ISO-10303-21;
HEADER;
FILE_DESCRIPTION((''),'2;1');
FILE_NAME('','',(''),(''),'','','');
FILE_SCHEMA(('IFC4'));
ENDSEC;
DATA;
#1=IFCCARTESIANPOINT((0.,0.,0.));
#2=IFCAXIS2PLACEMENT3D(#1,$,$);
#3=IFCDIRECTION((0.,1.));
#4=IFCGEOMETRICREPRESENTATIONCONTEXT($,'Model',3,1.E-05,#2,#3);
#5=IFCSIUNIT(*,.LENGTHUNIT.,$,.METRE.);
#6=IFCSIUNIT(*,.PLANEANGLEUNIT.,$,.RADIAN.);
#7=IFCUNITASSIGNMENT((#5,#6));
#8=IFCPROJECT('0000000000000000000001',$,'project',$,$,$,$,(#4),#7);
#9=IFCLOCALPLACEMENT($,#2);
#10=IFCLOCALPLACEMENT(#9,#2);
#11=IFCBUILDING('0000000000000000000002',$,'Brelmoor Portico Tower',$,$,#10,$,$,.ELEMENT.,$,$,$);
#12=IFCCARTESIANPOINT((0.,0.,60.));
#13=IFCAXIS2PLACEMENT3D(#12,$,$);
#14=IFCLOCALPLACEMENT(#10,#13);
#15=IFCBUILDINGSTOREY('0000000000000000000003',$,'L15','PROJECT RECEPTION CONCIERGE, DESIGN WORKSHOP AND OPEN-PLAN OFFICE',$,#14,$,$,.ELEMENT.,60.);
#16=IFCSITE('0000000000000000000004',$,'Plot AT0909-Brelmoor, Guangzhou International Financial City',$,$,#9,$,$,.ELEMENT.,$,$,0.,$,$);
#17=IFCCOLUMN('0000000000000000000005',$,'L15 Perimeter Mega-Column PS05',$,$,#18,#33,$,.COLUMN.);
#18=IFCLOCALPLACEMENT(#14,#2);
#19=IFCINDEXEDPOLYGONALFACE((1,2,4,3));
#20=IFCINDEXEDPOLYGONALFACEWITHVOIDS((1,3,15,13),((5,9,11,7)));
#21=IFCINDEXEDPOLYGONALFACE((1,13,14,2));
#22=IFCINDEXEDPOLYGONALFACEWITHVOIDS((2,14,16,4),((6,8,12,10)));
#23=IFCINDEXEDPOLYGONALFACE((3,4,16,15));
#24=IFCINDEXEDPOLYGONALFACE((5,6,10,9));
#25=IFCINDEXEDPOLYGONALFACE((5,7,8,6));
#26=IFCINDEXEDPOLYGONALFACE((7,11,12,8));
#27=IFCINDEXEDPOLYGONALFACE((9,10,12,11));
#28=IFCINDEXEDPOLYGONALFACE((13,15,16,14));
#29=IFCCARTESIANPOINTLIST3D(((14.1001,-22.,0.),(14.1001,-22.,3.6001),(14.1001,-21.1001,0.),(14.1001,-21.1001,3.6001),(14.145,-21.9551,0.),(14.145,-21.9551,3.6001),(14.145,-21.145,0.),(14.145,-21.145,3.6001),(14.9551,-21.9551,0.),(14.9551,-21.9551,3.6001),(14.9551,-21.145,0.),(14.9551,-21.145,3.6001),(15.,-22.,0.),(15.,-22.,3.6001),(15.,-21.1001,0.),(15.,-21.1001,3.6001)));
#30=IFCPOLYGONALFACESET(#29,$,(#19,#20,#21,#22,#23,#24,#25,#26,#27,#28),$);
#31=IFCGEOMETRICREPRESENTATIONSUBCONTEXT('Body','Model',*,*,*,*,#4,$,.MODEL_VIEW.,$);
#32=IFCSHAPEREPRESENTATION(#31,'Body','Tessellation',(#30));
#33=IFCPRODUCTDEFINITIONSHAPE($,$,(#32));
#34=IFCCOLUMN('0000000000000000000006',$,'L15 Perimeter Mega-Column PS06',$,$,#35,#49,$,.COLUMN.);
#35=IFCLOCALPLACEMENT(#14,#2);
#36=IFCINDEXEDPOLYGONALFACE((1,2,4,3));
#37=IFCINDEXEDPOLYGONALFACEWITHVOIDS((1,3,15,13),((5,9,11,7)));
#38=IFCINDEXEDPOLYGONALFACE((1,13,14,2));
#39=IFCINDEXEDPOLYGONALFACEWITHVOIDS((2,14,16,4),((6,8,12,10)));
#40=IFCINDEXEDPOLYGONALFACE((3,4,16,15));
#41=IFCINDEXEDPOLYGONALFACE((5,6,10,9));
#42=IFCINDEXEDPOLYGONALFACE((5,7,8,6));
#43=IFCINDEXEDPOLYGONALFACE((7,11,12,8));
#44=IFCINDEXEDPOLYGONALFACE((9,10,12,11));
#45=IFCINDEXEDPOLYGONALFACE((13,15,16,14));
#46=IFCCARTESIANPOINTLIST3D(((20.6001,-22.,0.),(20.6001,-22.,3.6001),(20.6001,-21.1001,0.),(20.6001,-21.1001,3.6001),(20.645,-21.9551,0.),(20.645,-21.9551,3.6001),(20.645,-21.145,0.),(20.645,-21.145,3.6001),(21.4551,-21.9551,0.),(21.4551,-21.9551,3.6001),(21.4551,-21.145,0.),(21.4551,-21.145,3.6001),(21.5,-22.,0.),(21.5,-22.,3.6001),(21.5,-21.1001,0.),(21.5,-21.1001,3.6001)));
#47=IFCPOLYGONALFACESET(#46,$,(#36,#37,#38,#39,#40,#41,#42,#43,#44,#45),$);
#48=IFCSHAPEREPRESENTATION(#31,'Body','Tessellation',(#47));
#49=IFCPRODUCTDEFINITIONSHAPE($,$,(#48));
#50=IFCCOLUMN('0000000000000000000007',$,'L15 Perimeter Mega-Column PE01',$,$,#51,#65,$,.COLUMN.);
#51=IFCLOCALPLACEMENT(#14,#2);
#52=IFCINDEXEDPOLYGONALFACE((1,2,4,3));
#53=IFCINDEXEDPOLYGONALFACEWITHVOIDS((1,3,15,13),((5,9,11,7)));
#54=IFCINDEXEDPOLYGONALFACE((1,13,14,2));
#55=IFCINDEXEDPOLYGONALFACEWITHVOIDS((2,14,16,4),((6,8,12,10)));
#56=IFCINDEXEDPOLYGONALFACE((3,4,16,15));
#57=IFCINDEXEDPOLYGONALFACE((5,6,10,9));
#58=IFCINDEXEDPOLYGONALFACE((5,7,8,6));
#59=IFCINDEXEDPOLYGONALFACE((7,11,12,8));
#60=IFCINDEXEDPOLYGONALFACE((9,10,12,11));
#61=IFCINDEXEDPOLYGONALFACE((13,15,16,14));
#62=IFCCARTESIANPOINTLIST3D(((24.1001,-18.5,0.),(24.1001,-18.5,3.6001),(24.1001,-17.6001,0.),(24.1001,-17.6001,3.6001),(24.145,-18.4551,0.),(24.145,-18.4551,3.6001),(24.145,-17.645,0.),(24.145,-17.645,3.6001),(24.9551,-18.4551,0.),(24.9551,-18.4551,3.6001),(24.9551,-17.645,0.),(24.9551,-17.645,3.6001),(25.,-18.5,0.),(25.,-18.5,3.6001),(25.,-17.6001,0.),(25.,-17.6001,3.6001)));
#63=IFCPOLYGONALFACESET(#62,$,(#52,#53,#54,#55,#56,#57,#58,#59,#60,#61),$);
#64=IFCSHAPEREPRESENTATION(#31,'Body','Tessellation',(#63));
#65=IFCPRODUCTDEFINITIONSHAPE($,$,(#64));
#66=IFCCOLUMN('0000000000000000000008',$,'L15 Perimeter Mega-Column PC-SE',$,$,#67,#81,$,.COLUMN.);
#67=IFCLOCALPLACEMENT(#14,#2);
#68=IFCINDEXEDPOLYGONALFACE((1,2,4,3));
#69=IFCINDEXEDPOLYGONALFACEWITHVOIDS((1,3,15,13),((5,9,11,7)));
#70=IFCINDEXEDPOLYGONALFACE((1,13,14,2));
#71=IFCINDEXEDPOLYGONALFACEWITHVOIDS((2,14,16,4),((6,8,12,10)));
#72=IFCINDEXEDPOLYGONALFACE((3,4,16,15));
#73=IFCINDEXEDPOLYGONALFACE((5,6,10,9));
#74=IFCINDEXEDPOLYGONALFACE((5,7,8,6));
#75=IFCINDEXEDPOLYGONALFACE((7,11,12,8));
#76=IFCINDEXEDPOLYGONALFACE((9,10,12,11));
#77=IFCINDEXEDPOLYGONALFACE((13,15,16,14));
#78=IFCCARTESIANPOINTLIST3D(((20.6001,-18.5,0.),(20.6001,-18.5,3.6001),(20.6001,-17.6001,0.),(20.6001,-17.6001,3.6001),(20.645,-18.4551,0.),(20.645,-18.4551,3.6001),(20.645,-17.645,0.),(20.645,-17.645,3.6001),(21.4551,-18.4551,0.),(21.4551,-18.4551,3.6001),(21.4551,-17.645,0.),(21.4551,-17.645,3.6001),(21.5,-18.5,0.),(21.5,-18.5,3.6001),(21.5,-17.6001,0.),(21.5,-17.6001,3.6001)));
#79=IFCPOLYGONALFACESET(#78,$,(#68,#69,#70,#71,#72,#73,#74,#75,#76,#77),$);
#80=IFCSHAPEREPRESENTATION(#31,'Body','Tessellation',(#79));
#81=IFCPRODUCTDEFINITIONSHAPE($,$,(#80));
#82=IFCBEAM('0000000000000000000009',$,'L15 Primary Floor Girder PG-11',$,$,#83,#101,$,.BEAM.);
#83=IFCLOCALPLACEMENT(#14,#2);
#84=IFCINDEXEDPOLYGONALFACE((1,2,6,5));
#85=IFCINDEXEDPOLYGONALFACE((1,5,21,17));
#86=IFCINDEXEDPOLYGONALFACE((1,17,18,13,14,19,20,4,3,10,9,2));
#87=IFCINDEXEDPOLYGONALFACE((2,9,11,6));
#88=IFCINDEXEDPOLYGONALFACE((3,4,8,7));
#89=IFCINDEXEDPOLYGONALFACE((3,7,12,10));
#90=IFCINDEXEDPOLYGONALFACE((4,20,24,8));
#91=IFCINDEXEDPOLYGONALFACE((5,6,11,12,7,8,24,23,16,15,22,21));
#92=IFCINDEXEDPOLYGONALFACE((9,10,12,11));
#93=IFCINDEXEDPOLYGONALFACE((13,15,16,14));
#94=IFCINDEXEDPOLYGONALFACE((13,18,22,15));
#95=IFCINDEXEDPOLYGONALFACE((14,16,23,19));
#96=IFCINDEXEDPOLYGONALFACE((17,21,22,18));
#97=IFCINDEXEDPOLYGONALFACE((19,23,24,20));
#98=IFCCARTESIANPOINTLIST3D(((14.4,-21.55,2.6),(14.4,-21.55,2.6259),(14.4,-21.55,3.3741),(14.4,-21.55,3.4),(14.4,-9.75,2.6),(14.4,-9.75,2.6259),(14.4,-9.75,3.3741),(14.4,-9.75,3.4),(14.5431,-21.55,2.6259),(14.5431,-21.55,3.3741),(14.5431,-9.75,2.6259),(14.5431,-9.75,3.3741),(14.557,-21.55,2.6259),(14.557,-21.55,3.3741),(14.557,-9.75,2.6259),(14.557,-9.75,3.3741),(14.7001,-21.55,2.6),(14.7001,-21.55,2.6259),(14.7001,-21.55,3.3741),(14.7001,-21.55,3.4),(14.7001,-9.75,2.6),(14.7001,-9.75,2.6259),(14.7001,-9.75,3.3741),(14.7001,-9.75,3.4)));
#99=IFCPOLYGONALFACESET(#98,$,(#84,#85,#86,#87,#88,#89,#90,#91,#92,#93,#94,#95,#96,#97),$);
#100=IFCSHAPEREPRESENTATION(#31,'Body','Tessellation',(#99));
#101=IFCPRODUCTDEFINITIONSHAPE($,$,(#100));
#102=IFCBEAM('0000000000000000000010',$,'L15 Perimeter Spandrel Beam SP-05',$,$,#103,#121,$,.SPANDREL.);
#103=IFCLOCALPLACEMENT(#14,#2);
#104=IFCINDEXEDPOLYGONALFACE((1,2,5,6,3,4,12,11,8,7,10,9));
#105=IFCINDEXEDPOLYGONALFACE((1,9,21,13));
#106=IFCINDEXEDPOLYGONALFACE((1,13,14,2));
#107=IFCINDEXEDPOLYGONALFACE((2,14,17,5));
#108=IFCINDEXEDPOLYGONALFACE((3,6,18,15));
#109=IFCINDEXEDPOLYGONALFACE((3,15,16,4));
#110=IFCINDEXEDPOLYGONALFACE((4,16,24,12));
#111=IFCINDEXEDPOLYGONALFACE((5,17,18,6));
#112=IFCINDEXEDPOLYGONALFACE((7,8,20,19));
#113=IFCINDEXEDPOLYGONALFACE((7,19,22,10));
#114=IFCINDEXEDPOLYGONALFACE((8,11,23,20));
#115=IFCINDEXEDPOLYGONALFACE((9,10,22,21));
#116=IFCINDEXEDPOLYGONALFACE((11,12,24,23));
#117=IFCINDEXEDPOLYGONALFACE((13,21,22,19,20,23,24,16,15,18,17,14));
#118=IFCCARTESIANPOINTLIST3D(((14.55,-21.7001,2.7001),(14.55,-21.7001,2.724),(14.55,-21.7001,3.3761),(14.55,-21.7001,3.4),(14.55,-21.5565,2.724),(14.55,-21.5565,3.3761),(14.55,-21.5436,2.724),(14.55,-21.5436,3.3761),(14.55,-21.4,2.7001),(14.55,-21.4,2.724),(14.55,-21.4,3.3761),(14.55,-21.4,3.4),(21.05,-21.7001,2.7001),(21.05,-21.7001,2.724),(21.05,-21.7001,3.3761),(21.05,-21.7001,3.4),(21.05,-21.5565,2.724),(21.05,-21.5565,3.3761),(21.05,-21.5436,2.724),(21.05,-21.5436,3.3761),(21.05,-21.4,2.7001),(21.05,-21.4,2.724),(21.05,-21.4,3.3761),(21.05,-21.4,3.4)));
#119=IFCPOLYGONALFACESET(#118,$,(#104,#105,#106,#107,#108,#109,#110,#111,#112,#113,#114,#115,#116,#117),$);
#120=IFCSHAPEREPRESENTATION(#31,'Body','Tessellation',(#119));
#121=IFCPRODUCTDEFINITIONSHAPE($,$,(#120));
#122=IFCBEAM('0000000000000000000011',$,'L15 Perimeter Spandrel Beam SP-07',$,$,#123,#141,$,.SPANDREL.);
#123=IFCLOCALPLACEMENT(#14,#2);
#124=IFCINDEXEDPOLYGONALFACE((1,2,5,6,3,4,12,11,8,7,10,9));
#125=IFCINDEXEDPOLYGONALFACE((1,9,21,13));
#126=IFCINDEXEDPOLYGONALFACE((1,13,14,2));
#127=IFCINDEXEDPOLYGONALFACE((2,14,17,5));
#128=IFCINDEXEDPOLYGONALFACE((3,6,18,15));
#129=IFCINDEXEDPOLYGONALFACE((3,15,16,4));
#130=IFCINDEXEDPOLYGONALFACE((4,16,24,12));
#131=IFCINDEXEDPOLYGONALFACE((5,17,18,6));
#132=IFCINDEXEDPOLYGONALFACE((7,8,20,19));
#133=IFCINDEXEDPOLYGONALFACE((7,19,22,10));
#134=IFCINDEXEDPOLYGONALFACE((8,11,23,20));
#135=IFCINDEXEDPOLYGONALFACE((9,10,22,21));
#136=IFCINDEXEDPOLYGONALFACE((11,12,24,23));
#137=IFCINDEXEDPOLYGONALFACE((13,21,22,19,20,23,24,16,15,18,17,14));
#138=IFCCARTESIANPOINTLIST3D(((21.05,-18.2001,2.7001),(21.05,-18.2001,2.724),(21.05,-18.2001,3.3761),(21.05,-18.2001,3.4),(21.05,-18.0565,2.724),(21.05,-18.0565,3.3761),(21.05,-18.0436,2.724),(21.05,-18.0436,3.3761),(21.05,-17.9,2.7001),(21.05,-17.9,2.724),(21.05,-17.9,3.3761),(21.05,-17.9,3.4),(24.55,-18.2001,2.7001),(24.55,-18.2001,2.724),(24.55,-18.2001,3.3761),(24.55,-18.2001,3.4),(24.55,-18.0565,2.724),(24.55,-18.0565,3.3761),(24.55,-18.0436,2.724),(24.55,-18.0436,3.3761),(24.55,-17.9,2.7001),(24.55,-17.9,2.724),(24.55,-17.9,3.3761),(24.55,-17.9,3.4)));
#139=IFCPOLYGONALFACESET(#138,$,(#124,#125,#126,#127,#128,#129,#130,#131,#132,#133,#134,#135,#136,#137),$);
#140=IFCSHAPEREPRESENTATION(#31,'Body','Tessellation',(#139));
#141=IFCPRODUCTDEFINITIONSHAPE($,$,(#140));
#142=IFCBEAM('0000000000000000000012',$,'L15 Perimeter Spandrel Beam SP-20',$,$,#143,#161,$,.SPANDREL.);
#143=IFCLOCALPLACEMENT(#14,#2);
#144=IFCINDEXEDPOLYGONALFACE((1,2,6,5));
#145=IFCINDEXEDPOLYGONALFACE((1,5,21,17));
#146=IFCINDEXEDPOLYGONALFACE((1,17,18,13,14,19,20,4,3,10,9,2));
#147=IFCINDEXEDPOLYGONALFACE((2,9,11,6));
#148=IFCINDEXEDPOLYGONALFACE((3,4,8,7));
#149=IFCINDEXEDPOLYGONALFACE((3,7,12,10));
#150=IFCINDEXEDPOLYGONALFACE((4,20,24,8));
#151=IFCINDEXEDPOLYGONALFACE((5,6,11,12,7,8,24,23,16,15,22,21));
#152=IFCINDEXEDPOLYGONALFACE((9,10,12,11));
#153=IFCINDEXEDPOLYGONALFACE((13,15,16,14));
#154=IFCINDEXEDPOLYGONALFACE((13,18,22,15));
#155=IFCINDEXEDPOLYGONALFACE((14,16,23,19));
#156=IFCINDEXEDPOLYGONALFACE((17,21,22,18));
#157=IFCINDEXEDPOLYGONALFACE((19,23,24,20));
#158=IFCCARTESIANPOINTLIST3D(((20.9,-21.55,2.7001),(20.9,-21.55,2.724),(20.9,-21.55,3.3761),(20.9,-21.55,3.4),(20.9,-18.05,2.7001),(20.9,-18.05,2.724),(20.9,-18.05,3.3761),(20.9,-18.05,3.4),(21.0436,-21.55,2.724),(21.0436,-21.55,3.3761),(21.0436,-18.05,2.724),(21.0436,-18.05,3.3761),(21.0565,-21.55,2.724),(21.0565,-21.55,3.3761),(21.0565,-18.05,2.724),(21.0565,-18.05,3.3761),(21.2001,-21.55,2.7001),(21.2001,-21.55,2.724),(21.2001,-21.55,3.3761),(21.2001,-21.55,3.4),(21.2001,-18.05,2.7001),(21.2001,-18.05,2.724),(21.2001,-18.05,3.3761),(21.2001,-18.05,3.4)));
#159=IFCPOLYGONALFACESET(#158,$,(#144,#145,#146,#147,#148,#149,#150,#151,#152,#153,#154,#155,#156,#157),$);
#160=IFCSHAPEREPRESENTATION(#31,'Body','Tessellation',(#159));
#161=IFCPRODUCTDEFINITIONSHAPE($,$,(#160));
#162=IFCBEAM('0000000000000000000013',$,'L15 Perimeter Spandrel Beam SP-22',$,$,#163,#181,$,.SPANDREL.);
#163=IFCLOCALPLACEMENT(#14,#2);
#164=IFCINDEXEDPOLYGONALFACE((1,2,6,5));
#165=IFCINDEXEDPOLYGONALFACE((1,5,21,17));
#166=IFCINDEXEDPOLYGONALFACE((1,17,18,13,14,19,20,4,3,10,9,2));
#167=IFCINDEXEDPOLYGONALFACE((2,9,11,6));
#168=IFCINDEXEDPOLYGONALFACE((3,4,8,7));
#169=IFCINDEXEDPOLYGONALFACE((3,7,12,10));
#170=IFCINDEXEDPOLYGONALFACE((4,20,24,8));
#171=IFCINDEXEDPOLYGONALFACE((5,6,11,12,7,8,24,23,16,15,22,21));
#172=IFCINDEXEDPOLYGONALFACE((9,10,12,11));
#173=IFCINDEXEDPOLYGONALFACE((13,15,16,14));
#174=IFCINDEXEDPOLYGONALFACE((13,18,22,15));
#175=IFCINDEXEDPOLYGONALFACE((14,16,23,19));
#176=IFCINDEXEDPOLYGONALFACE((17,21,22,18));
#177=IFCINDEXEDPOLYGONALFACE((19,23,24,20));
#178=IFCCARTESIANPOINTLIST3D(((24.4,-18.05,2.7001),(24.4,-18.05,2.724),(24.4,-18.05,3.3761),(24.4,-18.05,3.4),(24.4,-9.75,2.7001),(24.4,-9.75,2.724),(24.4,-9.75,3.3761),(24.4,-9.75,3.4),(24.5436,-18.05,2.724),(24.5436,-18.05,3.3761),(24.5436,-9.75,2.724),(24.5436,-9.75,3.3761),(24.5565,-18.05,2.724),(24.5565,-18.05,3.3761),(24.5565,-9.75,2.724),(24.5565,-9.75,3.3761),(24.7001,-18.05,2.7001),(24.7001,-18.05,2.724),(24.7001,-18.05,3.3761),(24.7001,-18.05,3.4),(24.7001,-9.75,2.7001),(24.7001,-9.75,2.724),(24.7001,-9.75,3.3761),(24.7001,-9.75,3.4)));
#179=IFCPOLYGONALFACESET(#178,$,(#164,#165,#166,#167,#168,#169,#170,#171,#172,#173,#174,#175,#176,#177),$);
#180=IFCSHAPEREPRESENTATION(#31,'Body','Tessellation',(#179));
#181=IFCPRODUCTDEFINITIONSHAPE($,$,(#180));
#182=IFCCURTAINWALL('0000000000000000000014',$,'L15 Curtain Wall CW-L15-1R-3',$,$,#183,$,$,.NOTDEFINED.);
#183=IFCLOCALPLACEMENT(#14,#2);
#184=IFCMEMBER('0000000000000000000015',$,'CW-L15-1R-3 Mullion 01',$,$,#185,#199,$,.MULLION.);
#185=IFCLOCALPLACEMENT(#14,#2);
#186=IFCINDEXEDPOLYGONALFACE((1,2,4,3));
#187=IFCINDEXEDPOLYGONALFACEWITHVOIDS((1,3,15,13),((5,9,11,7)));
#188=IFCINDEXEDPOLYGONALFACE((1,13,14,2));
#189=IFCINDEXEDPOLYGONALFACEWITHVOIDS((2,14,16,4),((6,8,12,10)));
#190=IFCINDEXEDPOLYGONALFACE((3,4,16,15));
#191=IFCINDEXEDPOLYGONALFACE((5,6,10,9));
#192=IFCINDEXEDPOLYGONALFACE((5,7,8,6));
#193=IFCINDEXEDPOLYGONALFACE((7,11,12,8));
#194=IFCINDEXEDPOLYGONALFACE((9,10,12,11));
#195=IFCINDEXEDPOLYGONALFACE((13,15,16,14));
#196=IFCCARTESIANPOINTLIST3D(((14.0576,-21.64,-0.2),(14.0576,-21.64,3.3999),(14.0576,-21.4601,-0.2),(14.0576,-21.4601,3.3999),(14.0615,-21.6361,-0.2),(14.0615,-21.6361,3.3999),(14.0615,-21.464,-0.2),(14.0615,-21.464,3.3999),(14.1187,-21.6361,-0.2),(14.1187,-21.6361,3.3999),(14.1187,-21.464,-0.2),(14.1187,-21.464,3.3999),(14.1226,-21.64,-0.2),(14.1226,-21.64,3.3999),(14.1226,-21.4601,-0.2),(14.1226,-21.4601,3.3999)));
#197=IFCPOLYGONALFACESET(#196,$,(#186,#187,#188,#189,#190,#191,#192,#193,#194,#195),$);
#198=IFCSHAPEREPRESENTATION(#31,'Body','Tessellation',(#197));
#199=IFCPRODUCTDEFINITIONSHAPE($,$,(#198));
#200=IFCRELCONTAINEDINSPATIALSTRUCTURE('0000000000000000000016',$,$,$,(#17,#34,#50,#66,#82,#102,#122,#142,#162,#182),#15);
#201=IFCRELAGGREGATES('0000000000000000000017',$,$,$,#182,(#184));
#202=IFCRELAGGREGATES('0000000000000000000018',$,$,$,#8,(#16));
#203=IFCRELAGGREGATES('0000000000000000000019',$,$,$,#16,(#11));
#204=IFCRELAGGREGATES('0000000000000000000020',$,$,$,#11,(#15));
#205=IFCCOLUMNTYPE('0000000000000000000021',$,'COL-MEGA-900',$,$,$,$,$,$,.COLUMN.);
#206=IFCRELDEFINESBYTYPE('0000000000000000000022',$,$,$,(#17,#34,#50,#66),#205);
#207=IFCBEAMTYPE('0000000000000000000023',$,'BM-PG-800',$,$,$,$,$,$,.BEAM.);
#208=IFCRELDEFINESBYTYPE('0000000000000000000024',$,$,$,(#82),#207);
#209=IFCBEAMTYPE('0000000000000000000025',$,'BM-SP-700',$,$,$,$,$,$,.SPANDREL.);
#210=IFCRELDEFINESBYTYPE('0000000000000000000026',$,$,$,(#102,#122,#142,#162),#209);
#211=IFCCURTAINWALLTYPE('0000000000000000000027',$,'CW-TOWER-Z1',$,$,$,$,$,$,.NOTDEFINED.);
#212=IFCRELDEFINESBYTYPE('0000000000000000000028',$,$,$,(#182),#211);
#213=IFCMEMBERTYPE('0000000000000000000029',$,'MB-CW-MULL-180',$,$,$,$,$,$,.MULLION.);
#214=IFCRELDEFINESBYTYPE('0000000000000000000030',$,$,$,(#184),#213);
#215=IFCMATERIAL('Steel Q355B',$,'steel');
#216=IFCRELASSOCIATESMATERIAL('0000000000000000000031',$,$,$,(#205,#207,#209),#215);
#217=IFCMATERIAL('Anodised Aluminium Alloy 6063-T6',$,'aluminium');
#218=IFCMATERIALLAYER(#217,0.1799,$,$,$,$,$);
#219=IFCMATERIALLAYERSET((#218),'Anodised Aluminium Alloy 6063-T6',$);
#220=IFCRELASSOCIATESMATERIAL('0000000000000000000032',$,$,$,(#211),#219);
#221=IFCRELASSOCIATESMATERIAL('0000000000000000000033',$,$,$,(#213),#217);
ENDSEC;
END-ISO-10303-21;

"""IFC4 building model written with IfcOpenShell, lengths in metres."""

from ifc_helpers import new_model, si_unit, direction, frame, origin, origin_2d, place, context, subcontext, project, spatial, hollow_rectangle, i_section, extrude, material, layer, layer_set, material_profile, profile_set, type_object, element, aggregate, save


model = new_model("IFC4")

# Units and contexts
model_context = context("Model", 3, precision=1e-05, world=origin(), true_north=direction((0.0, 1.0)))
body_context = subcontext(model_context, "Body", "Model", "MODEL_VIEW")
ifc_project = project(units=[si_unit("LENGTHUNIT", "METRE"), si_unit("PLANEANGLEUNIT", "RADIAN")], contexts=[model_context])

# Site, building, storey
site_placement = place(None, origin())
site = spatial("IfcSite", under=ifc_project, at=site_placement, Name="Plot AT0909-Brelmoor, Guangzhou International Financial City", CompositionType="ELEMENT", RefElevation=0.0)
building_placement = place(site_placement, origin())
building = spatial("IfcBuilding", under=site, at=building_placement, Name="Brelmoor Portico Tower", CompositionType="ELEMENT")
storey_placement = place(building_placement, frame((0.0, 0.0, 60.0)))
storey = spatial("IfcBuildingStorey", under=building, at=storey_placement, Name="L15", Description="PROJECT RECEPTION CONCIERGE, DESIGN WORKSHOP AND OPEN-PLAN OFFICE", CompositionType="ELEMENT", Elevation=60.0)

# Columns
ifc_material_1 = material(Name="Steel Q355B", Category="steel")
ifc_material_profile_1 = material_profile(ifc_material_1, hollow_rectangle(XDim=0.8999, YDim=0.8999, WallThickness=0.0449, at=origin_2d()), Name="BOX 900x900x45")
ifc_profile_set_1 = profile_set([ifc_material_profile_1], Name="Steel Q355B")
column_type = type_object("IfcColumnType", Name="COL-MEGA-900", PredefinedType="COLUMN", material=ifc_profile_set_1)
for number, where, z_axis, x_axis, name in (
    (1, (14.55, -21.55, 0.0), (0.0, 0.0, 1.0), (1.0, 0.0, 0.0), "L15 Perimeter Mega-Column PS05"),
    (2, (21.05, -21.55, 0.0), (0.0, 0.0, 1.0), (1.0, 0.0, 0.0), "L15 Perimeter Mega-Column PS06"),
    (3, (24.55, -18.05, 0.0), (0.0, 0.0, 1.0), (0.0, 1.0, 0.0), "L15 Perimeter Mega-Column PE01"),
    (4, (21.05, -18.05, 0.0), (0.0, 0.0, 1.0), (1.0, 0.0, 0.0), "L15 Perimeter Mega-Column PC-SE"),
):
    element("IfcColumn", number, at=place(storey_placement, frame(where, z_axis=z_axis, x_axis=x_axis)), inside=storey, type_object=column_type, Name=name, PredefinedType="COLUMN", context=body_context, shape_type="SweptSolid", body=[
        extrude(hollow_rectangle(XDim=0.8999, YDim=0.8999, WallThickness=0.0449, at=origin_2d()), origin(), (0.0, 0.0, 1.0), 3.6001),
    ])

# Beams
ifc_material_profile_2 = material_profile(ifc_material_1, i_section(OverallWidth=0.3, OverallDepth=0.8, WebThickness=0.0139, FlangeThickness=0.0259, at=origin_2d()), Name="HN 800x300x14x26")
ifc_profile_set_2 = profile_set([ifc_material_profile_2], Name="Steel Q355B")
beam_type_1 = type_object("IfcBeamType", Name="BM-PG-800", PredefinedType="BEAM", material=ifc_profile_set_2)
beam_1_placement = place(storey_placement, frame((14.55, -21.55, 3.0), z_axis=(0.0, 1.0, 0.0), x_axis=(-1.0, 0.0, 0.0)))
element("IfcBeam", 5, at=beam_1_placement, inside=storey, type_object=beam_type_1, Name="L15 Primary Floor Girder PG-11", PredefinedType="BEAM", context=body_context, shape_type="SweptSolid", body=[
    extrude(i_section(OverallWidth=0.3, OverallDepth=0.8, WebThickness=0.0139, FlangeThickness=0.0259, at=origin_2d()), origin(), (0.0, 0.0, 1.0), 11.8),
])
ifc_material_profile_3 = material_profile(ifc_material_1, i_section(OverallWidth=0.3, OverallDepth=0.7, WebThickness=0.0129, FlangeThickness=0.0239, at=origin_2d()), Name="HN 700x300x13x24")
ifc_profile_set_3 = profile_set([ifc_material_profile_3], Name="Steel Q355B")
beam_type_2 = type_object("IfcBeamType", Name="BM-SP-700", PredefinedType="SPANDREL", material=ifc_profile_set_3)
beam_2_placement = place(storey_placement, frame((14.55, -21.55, 3.05), z_axis=(1.0, 0.0, 0.0), x_axis=(0.0, 1.0, 0.0)))
element("IfcBeam", 6, at=beam_2_placement, inside=storey, type_object=beam_type_2, Name="L15 Perimeter Spandrel Beam SP-05", PredefinedType="SPANDREL", context=body_context, shape_type="SweptSolid", body=[
    extrude(i_section(OverallWidth=0.3, OverallDepth=0.7, WebThickness=0.0129, FlangeThickness=0.0239, at=origin_2d()), origin(), (0.0, 0.0, 1.0), 6.5),
])
for number, where, z_axis, x_axis, name in (
    (7, (21.05, -18.05, 3.05), (1.0, 0.0, 0.0), (0.0, 1.0, 0.0), "L15 Perimeter Spandrel Beam SP-07"),
    (8, (21.05, -21.55, 3.05), (0.0, 1.0, 0.0), (-1.0, 0.0, 0.0), "L15 Perimeter Spandrel Beam SP-20"),
):
    element("IfcBeam", number, at=place(storey_placement, frame(where, z_axis=z_axis, x_axis=x_axis)), inside=storey, type_object=beam_type_2, Name=name, PredefinedType="SPANDREL", context=body_context, shape_type="SweptSolid", body=[
        extrude(i_section(OverallWidth=0.3, OverallDepth=0.7, WebThickness=0.0129, FlangeThickness=0.0239, at=origin_2d()), origin(), (0.0, 0.0, 1.0), 3.5),
    ])
beam_3_placement = place(storey_placement, frame((24.55, -18.05, 3.05), z_axis=(0.0, 1.0, 0.0), x_axis=(-1.0, 0.0, 0.0)))
element("IfcBeam", 9, at=beam_3_placement, inside=storey, type_object=beam_type_2, Name="L15 Perimeter Spandrel Beam SP-22", PredefinedType="SPANDREL", context=body_context, shape_type="SweptSolid", body=[
    extrude(i_section(OverallWidth=0.3, OverallDepth=0.7, WebThickness=0.0129, FlangeThickness=0.0239, at=origin_2d()), origin(), (0.0, 0.0, 1.0), 8.3),
])

# Curtain wall, member
ifc_material_2 = material(Name="Anodised Aluminium Alloy 6063-T6", Category="aluminium")
ifc_layer_1 = layer(ifc_material_2, 0.1799)
ifc_layer_set_1 = layer_set([ifc_layer_1], Name="Anodised Aluminium Alloy 6063-T6")
curtain_wall_type_1 = type_object("IfcCurtainWallType", Name="CW-TOWER-Z1", PredefinedType="NOTDEFINED", material=ifc_layer_set_1)
curtain_wall_1_placement = place(storey_placement, origin())
curtain_wall_1 = element("IfcCurtainWall", 10, at=curtain_wall_1_placement, inside=storey, type_object=curtain_wall_type_1, Name="L15 Curtain Wall CW-L15-1R-3", PredefinedType="NOTDEFINED")
ifc_material_profile_4 = material_profile(ifc_material_2, hollow_rectangle(XDim=0.0649, YDim=0.1799, WallThickness=0.0039, at=origin_2d()), Name="ALU MULLION 65x180")
ifc_profile_set_4 = profile_set([ifc_material_profile_4], Name="Anodised Aluminium Alloy 6063-T6")
member_type_1 = type_object("IfcMemberType", Name="MB-CW-MULL-180", PredefinedType="MULLION", material=ifc_profile_set_4)
member_1_placement = place(storey_placement, frame((14.0901, -21.55, -0.2), z_axis=(0.0, 0.0, 1.0), x_axis=(1.0, 0.0, 0.0)))
member_1 = element("IfcMember", 11, at=member_1_placement, type_object=member_type_1, Name="CW-L15-1R-3 Mullion 01", PredefinedType="MULLION", context=body_context, shape_type="SweptSolid", body=[
    extrude(hollow_rectangle(XDim=0.0649, YDim=0.1799, WallThickness=0.0039, at=origin_2d()), origin(), (0.0, 0.0, 1.0), 3.5999),
])

aggregate(curtain_wall_1, [member_1])

save(model, "model.ifc")
